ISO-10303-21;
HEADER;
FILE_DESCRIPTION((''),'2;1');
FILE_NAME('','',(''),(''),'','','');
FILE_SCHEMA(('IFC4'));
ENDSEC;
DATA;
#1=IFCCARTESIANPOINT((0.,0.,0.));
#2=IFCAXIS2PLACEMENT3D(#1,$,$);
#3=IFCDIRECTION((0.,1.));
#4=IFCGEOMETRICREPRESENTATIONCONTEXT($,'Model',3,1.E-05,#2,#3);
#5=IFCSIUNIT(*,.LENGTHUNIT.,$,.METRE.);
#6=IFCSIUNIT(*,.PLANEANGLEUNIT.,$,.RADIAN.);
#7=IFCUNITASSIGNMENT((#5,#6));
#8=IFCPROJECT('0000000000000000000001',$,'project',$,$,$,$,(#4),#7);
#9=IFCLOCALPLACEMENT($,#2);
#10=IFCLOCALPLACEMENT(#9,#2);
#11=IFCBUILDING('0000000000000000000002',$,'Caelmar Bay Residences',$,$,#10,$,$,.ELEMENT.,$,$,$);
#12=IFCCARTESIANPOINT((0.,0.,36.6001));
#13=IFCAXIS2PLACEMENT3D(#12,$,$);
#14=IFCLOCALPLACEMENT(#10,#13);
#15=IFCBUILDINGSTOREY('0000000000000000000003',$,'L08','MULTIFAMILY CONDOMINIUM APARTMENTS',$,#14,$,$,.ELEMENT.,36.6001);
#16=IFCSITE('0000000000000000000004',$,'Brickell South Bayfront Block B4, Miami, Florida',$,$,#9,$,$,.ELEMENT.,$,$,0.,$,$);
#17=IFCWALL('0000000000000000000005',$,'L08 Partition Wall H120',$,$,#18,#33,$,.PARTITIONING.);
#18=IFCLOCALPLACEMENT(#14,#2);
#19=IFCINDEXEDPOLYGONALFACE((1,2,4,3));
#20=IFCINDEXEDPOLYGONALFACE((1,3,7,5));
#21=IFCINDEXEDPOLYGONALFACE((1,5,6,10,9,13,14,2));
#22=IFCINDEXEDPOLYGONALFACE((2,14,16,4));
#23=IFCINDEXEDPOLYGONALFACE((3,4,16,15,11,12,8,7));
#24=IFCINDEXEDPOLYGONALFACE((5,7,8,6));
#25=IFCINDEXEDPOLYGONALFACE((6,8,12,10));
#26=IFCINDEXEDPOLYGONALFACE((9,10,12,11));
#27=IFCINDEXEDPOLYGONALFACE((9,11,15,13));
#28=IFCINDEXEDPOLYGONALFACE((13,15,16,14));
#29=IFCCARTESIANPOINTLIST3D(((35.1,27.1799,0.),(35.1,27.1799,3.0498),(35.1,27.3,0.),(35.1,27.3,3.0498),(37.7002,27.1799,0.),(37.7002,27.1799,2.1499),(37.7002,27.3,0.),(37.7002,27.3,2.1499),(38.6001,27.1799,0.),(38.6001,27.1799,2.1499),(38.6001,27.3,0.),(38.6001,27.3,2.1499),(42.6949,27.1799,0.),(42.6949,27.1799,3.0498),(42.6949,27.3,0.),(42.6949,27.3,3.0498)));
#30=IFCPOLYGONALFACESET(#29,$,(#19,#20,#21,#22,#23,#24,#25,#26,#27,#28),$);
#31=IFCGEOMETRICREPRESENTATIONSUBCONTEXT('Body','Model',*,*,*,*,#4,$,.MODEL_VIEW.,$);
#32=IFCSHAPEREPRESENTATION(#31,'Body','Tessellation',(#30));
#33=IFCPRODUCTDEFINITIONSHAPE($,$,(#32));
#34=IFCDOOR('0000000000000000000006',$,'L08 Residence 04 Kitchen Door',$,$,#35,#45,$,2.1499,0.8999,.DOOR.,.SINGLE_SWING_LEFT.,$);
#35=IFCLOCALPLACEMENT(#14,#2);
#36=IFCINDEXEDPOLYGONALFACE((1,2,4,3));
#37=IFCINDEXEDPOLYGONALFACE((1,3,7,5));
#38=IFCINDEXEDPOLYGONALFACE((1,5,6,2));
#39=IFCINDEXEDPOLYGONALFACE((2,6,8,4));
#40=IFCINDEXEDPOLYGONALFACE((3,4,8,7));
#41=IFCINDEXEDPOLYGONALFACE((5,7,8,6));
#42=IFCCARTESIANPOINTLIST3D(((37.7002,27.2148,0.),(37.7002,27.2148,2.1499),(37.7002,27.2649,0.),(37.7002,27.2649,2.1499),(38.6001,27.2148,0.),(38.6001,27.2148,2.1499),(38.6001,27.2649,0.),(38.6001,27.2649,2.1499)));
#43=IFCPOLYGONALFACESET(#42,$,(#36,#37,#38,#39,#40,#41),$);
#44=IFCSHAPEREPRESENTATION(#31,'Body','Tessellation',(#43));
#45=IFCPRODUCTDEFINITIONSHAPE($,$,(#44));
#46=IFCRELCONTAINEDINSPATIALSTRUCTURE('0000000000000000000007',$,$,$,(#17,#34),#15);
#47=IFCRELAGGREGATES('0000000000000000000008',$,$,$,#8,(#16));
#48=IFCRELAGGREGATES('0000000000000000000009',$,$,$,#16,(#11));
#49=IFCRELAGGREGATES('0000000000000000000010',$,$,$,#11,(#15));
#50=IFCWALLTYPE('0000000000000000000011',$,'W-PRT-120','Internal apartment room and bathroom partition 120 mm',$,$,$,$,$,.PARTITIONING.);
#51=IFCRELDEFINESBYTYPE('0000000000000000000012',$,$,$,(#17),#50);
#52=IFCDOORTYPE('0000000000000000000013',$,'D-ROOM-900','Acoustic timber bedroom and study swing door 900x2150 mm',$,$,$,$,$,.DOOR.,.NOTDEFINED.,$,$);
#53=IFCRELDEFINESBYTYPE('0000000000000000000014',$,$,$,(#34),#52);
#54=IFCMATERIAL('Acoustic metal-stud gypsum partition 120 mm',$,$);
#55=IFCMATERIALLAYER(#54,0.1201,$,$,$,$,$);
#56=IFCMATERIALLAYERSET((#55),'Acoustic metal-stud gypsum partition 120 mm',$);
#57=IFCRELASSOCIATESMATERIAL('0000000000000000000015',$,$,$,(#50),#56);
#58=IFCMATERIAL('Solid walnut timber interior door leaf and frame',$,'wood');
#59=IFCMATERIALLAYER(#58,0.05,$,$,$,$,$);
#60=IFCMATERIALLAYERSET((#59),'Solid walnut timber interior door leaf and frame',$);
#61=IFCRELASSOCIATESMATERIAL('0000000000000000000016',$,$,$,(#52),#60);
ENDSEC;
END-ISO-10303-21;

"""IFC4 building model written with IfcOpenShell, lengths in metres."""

from ifc_helpers import new_model, si_unit, direction, frame, frame_2d, origin, place, context, subcontext, project, spatial, rectangle, extrude, material, layer, layer_set, type_object, element, fill, save


model = new_model("IFC4")

# Units and contexts
model_context = context("Model", 3, precision=1e-05, world=origin(), true_north=direction((0.0, 1.0)))
body_context = subcontext(model_context, "Body", "Model", "MODEL_VIEW")
ifc_project = project(units=[si_unit("LENGTHUNIT", "METRE"), si_unit("PLANEANGLEUNIT", "RADIAN")], contexts=[model_context])

# Site, building, storey
site_placement = place(None, origin())
site = spatial("IfcSite", under=ifc_project, at=site_placement, Name="Brickell South Bayfront Block B4, Miami, Florida", CompositionType="ELEMENT", RefElevation=0.0)
building_placement = place(site_placement, origin())
building = spatial("IfcBuilding", under=site, at=building_placement, Name="Caelmar Bay Residences", CompositionType="ELEMENT")
storey_placement = place(building_placement, frame((0.0, 0.0, 36.6001)))
storey = spatial("IfcBuildingStorey", under=building, at=storey_placement, Name="L08", Description="MULTIFAMILY CONDOMINIUM APARTMENTS", CompositionType="ELEMENT", Elevation=36.6001)

# Shared definitions
ifc_material_1 = material(Name="Acoustic metal-stud gypsum partition 120 mm")
ifc_layer_1 = layer(ifc_material_1, 0.1201)
ifc_layer_set_1 = layer_set([ifc_layer_1], Name="Acoustic metal-stud gypsum partition 120 mm")
wall_type = type_object("IfcWallType", Name="W-PRT-120", Description="Internal apartment room and bathroom partition 120 mm", PredefinedType="PARTITIONING", material=ifc_layer_set_1)

# Shared definitions
ifc_material_2 = material(Name="Solid walnut timber interior door leaf and frame", Category="wood")
ifc_layer_2 = layer(ifc_material_2, 0.05)
ifc_layer_set_2 = layer_set([ifc_layer_2], Name="Solid walnut timber interior door leaf and frame")
door_type_1 = type_object("IfcDoorType", Name="D-ROOM-900", Description="Acoustic timber bedroom and study swing door 900x2150 mm", OperationType="NOTDEFINED", PredefinedType="DOOR", material=ifc_layer_set_2)

# Wall, opening, door
wall_1_placement = place(storey_placement, frame((35.1001, 27.24, 0.0), z_axis=(0.0, 0.0, 1.0), x_axis=(1.0, 0.0, 0.0)))
wall_1 = element("IfcWall", 1, at=wall_1_placement, inside=storey, type_object=wall_type, Name="L08 Partition Wall H120", PredefinedType="PARTITIONING", context=body_context, shape_type="SweptSolid", body=[
    extrude(rectangle(XDim=7.595, YDim=0.1201, at=frame_2d((3.7974, 0.0))), origin(), (0.0, 0.0, 1.0), 3.0498),
])
opening_1_placement = place(wall_1_placement, frame((2.6001, 0.0, 0.0)))
opening_1 = element("IfcOpeningElement", 2, at=opening_1_placement, cuts=wall_1, PredefinedType="OPENING", context=body_context, shape_type="SweptSolid", body=[
    extrude(rectangle(XDim=0.8999, YDim=2.1499, at=frame_2d((0.45, 1.075))), frame((0.0, 0.0701, 0.0), z_axis=(0.0, -1.0, 0.0), x_axis=(1.0, 0.0, 0.0)), (0.0, 0.0, 1.0), 0.1401),
])
door_1_placement = place(opening_1_placement, origin())
door_1 = element("IfcDoor", 3, at=door_1_placement, inside=storey, type_object=door_type_1, Name="L08 Residence 04 Kitchen Door", OperationType="SINGLE_SWING_LEFT", OverallHeight=2.1499, OverallWidth=0.8999, PredefinedType="DOOR", context=body_context, shape_type="SweptSolid", body=[
    extrude(rectangle(XDim=0.8999, YDim=2.1499, at=frame_2d((0.45, 1.075))), frame((0.0, 0.0249, 0.0), z_axis=(0.0, -1.0, 0.0), x_axis=(1.0, 0.0, 0.0)), (0.0, 0.0, 1.0), 0.05),
])
fill(opening_1, door_1)

save(model, "model.ifc")
